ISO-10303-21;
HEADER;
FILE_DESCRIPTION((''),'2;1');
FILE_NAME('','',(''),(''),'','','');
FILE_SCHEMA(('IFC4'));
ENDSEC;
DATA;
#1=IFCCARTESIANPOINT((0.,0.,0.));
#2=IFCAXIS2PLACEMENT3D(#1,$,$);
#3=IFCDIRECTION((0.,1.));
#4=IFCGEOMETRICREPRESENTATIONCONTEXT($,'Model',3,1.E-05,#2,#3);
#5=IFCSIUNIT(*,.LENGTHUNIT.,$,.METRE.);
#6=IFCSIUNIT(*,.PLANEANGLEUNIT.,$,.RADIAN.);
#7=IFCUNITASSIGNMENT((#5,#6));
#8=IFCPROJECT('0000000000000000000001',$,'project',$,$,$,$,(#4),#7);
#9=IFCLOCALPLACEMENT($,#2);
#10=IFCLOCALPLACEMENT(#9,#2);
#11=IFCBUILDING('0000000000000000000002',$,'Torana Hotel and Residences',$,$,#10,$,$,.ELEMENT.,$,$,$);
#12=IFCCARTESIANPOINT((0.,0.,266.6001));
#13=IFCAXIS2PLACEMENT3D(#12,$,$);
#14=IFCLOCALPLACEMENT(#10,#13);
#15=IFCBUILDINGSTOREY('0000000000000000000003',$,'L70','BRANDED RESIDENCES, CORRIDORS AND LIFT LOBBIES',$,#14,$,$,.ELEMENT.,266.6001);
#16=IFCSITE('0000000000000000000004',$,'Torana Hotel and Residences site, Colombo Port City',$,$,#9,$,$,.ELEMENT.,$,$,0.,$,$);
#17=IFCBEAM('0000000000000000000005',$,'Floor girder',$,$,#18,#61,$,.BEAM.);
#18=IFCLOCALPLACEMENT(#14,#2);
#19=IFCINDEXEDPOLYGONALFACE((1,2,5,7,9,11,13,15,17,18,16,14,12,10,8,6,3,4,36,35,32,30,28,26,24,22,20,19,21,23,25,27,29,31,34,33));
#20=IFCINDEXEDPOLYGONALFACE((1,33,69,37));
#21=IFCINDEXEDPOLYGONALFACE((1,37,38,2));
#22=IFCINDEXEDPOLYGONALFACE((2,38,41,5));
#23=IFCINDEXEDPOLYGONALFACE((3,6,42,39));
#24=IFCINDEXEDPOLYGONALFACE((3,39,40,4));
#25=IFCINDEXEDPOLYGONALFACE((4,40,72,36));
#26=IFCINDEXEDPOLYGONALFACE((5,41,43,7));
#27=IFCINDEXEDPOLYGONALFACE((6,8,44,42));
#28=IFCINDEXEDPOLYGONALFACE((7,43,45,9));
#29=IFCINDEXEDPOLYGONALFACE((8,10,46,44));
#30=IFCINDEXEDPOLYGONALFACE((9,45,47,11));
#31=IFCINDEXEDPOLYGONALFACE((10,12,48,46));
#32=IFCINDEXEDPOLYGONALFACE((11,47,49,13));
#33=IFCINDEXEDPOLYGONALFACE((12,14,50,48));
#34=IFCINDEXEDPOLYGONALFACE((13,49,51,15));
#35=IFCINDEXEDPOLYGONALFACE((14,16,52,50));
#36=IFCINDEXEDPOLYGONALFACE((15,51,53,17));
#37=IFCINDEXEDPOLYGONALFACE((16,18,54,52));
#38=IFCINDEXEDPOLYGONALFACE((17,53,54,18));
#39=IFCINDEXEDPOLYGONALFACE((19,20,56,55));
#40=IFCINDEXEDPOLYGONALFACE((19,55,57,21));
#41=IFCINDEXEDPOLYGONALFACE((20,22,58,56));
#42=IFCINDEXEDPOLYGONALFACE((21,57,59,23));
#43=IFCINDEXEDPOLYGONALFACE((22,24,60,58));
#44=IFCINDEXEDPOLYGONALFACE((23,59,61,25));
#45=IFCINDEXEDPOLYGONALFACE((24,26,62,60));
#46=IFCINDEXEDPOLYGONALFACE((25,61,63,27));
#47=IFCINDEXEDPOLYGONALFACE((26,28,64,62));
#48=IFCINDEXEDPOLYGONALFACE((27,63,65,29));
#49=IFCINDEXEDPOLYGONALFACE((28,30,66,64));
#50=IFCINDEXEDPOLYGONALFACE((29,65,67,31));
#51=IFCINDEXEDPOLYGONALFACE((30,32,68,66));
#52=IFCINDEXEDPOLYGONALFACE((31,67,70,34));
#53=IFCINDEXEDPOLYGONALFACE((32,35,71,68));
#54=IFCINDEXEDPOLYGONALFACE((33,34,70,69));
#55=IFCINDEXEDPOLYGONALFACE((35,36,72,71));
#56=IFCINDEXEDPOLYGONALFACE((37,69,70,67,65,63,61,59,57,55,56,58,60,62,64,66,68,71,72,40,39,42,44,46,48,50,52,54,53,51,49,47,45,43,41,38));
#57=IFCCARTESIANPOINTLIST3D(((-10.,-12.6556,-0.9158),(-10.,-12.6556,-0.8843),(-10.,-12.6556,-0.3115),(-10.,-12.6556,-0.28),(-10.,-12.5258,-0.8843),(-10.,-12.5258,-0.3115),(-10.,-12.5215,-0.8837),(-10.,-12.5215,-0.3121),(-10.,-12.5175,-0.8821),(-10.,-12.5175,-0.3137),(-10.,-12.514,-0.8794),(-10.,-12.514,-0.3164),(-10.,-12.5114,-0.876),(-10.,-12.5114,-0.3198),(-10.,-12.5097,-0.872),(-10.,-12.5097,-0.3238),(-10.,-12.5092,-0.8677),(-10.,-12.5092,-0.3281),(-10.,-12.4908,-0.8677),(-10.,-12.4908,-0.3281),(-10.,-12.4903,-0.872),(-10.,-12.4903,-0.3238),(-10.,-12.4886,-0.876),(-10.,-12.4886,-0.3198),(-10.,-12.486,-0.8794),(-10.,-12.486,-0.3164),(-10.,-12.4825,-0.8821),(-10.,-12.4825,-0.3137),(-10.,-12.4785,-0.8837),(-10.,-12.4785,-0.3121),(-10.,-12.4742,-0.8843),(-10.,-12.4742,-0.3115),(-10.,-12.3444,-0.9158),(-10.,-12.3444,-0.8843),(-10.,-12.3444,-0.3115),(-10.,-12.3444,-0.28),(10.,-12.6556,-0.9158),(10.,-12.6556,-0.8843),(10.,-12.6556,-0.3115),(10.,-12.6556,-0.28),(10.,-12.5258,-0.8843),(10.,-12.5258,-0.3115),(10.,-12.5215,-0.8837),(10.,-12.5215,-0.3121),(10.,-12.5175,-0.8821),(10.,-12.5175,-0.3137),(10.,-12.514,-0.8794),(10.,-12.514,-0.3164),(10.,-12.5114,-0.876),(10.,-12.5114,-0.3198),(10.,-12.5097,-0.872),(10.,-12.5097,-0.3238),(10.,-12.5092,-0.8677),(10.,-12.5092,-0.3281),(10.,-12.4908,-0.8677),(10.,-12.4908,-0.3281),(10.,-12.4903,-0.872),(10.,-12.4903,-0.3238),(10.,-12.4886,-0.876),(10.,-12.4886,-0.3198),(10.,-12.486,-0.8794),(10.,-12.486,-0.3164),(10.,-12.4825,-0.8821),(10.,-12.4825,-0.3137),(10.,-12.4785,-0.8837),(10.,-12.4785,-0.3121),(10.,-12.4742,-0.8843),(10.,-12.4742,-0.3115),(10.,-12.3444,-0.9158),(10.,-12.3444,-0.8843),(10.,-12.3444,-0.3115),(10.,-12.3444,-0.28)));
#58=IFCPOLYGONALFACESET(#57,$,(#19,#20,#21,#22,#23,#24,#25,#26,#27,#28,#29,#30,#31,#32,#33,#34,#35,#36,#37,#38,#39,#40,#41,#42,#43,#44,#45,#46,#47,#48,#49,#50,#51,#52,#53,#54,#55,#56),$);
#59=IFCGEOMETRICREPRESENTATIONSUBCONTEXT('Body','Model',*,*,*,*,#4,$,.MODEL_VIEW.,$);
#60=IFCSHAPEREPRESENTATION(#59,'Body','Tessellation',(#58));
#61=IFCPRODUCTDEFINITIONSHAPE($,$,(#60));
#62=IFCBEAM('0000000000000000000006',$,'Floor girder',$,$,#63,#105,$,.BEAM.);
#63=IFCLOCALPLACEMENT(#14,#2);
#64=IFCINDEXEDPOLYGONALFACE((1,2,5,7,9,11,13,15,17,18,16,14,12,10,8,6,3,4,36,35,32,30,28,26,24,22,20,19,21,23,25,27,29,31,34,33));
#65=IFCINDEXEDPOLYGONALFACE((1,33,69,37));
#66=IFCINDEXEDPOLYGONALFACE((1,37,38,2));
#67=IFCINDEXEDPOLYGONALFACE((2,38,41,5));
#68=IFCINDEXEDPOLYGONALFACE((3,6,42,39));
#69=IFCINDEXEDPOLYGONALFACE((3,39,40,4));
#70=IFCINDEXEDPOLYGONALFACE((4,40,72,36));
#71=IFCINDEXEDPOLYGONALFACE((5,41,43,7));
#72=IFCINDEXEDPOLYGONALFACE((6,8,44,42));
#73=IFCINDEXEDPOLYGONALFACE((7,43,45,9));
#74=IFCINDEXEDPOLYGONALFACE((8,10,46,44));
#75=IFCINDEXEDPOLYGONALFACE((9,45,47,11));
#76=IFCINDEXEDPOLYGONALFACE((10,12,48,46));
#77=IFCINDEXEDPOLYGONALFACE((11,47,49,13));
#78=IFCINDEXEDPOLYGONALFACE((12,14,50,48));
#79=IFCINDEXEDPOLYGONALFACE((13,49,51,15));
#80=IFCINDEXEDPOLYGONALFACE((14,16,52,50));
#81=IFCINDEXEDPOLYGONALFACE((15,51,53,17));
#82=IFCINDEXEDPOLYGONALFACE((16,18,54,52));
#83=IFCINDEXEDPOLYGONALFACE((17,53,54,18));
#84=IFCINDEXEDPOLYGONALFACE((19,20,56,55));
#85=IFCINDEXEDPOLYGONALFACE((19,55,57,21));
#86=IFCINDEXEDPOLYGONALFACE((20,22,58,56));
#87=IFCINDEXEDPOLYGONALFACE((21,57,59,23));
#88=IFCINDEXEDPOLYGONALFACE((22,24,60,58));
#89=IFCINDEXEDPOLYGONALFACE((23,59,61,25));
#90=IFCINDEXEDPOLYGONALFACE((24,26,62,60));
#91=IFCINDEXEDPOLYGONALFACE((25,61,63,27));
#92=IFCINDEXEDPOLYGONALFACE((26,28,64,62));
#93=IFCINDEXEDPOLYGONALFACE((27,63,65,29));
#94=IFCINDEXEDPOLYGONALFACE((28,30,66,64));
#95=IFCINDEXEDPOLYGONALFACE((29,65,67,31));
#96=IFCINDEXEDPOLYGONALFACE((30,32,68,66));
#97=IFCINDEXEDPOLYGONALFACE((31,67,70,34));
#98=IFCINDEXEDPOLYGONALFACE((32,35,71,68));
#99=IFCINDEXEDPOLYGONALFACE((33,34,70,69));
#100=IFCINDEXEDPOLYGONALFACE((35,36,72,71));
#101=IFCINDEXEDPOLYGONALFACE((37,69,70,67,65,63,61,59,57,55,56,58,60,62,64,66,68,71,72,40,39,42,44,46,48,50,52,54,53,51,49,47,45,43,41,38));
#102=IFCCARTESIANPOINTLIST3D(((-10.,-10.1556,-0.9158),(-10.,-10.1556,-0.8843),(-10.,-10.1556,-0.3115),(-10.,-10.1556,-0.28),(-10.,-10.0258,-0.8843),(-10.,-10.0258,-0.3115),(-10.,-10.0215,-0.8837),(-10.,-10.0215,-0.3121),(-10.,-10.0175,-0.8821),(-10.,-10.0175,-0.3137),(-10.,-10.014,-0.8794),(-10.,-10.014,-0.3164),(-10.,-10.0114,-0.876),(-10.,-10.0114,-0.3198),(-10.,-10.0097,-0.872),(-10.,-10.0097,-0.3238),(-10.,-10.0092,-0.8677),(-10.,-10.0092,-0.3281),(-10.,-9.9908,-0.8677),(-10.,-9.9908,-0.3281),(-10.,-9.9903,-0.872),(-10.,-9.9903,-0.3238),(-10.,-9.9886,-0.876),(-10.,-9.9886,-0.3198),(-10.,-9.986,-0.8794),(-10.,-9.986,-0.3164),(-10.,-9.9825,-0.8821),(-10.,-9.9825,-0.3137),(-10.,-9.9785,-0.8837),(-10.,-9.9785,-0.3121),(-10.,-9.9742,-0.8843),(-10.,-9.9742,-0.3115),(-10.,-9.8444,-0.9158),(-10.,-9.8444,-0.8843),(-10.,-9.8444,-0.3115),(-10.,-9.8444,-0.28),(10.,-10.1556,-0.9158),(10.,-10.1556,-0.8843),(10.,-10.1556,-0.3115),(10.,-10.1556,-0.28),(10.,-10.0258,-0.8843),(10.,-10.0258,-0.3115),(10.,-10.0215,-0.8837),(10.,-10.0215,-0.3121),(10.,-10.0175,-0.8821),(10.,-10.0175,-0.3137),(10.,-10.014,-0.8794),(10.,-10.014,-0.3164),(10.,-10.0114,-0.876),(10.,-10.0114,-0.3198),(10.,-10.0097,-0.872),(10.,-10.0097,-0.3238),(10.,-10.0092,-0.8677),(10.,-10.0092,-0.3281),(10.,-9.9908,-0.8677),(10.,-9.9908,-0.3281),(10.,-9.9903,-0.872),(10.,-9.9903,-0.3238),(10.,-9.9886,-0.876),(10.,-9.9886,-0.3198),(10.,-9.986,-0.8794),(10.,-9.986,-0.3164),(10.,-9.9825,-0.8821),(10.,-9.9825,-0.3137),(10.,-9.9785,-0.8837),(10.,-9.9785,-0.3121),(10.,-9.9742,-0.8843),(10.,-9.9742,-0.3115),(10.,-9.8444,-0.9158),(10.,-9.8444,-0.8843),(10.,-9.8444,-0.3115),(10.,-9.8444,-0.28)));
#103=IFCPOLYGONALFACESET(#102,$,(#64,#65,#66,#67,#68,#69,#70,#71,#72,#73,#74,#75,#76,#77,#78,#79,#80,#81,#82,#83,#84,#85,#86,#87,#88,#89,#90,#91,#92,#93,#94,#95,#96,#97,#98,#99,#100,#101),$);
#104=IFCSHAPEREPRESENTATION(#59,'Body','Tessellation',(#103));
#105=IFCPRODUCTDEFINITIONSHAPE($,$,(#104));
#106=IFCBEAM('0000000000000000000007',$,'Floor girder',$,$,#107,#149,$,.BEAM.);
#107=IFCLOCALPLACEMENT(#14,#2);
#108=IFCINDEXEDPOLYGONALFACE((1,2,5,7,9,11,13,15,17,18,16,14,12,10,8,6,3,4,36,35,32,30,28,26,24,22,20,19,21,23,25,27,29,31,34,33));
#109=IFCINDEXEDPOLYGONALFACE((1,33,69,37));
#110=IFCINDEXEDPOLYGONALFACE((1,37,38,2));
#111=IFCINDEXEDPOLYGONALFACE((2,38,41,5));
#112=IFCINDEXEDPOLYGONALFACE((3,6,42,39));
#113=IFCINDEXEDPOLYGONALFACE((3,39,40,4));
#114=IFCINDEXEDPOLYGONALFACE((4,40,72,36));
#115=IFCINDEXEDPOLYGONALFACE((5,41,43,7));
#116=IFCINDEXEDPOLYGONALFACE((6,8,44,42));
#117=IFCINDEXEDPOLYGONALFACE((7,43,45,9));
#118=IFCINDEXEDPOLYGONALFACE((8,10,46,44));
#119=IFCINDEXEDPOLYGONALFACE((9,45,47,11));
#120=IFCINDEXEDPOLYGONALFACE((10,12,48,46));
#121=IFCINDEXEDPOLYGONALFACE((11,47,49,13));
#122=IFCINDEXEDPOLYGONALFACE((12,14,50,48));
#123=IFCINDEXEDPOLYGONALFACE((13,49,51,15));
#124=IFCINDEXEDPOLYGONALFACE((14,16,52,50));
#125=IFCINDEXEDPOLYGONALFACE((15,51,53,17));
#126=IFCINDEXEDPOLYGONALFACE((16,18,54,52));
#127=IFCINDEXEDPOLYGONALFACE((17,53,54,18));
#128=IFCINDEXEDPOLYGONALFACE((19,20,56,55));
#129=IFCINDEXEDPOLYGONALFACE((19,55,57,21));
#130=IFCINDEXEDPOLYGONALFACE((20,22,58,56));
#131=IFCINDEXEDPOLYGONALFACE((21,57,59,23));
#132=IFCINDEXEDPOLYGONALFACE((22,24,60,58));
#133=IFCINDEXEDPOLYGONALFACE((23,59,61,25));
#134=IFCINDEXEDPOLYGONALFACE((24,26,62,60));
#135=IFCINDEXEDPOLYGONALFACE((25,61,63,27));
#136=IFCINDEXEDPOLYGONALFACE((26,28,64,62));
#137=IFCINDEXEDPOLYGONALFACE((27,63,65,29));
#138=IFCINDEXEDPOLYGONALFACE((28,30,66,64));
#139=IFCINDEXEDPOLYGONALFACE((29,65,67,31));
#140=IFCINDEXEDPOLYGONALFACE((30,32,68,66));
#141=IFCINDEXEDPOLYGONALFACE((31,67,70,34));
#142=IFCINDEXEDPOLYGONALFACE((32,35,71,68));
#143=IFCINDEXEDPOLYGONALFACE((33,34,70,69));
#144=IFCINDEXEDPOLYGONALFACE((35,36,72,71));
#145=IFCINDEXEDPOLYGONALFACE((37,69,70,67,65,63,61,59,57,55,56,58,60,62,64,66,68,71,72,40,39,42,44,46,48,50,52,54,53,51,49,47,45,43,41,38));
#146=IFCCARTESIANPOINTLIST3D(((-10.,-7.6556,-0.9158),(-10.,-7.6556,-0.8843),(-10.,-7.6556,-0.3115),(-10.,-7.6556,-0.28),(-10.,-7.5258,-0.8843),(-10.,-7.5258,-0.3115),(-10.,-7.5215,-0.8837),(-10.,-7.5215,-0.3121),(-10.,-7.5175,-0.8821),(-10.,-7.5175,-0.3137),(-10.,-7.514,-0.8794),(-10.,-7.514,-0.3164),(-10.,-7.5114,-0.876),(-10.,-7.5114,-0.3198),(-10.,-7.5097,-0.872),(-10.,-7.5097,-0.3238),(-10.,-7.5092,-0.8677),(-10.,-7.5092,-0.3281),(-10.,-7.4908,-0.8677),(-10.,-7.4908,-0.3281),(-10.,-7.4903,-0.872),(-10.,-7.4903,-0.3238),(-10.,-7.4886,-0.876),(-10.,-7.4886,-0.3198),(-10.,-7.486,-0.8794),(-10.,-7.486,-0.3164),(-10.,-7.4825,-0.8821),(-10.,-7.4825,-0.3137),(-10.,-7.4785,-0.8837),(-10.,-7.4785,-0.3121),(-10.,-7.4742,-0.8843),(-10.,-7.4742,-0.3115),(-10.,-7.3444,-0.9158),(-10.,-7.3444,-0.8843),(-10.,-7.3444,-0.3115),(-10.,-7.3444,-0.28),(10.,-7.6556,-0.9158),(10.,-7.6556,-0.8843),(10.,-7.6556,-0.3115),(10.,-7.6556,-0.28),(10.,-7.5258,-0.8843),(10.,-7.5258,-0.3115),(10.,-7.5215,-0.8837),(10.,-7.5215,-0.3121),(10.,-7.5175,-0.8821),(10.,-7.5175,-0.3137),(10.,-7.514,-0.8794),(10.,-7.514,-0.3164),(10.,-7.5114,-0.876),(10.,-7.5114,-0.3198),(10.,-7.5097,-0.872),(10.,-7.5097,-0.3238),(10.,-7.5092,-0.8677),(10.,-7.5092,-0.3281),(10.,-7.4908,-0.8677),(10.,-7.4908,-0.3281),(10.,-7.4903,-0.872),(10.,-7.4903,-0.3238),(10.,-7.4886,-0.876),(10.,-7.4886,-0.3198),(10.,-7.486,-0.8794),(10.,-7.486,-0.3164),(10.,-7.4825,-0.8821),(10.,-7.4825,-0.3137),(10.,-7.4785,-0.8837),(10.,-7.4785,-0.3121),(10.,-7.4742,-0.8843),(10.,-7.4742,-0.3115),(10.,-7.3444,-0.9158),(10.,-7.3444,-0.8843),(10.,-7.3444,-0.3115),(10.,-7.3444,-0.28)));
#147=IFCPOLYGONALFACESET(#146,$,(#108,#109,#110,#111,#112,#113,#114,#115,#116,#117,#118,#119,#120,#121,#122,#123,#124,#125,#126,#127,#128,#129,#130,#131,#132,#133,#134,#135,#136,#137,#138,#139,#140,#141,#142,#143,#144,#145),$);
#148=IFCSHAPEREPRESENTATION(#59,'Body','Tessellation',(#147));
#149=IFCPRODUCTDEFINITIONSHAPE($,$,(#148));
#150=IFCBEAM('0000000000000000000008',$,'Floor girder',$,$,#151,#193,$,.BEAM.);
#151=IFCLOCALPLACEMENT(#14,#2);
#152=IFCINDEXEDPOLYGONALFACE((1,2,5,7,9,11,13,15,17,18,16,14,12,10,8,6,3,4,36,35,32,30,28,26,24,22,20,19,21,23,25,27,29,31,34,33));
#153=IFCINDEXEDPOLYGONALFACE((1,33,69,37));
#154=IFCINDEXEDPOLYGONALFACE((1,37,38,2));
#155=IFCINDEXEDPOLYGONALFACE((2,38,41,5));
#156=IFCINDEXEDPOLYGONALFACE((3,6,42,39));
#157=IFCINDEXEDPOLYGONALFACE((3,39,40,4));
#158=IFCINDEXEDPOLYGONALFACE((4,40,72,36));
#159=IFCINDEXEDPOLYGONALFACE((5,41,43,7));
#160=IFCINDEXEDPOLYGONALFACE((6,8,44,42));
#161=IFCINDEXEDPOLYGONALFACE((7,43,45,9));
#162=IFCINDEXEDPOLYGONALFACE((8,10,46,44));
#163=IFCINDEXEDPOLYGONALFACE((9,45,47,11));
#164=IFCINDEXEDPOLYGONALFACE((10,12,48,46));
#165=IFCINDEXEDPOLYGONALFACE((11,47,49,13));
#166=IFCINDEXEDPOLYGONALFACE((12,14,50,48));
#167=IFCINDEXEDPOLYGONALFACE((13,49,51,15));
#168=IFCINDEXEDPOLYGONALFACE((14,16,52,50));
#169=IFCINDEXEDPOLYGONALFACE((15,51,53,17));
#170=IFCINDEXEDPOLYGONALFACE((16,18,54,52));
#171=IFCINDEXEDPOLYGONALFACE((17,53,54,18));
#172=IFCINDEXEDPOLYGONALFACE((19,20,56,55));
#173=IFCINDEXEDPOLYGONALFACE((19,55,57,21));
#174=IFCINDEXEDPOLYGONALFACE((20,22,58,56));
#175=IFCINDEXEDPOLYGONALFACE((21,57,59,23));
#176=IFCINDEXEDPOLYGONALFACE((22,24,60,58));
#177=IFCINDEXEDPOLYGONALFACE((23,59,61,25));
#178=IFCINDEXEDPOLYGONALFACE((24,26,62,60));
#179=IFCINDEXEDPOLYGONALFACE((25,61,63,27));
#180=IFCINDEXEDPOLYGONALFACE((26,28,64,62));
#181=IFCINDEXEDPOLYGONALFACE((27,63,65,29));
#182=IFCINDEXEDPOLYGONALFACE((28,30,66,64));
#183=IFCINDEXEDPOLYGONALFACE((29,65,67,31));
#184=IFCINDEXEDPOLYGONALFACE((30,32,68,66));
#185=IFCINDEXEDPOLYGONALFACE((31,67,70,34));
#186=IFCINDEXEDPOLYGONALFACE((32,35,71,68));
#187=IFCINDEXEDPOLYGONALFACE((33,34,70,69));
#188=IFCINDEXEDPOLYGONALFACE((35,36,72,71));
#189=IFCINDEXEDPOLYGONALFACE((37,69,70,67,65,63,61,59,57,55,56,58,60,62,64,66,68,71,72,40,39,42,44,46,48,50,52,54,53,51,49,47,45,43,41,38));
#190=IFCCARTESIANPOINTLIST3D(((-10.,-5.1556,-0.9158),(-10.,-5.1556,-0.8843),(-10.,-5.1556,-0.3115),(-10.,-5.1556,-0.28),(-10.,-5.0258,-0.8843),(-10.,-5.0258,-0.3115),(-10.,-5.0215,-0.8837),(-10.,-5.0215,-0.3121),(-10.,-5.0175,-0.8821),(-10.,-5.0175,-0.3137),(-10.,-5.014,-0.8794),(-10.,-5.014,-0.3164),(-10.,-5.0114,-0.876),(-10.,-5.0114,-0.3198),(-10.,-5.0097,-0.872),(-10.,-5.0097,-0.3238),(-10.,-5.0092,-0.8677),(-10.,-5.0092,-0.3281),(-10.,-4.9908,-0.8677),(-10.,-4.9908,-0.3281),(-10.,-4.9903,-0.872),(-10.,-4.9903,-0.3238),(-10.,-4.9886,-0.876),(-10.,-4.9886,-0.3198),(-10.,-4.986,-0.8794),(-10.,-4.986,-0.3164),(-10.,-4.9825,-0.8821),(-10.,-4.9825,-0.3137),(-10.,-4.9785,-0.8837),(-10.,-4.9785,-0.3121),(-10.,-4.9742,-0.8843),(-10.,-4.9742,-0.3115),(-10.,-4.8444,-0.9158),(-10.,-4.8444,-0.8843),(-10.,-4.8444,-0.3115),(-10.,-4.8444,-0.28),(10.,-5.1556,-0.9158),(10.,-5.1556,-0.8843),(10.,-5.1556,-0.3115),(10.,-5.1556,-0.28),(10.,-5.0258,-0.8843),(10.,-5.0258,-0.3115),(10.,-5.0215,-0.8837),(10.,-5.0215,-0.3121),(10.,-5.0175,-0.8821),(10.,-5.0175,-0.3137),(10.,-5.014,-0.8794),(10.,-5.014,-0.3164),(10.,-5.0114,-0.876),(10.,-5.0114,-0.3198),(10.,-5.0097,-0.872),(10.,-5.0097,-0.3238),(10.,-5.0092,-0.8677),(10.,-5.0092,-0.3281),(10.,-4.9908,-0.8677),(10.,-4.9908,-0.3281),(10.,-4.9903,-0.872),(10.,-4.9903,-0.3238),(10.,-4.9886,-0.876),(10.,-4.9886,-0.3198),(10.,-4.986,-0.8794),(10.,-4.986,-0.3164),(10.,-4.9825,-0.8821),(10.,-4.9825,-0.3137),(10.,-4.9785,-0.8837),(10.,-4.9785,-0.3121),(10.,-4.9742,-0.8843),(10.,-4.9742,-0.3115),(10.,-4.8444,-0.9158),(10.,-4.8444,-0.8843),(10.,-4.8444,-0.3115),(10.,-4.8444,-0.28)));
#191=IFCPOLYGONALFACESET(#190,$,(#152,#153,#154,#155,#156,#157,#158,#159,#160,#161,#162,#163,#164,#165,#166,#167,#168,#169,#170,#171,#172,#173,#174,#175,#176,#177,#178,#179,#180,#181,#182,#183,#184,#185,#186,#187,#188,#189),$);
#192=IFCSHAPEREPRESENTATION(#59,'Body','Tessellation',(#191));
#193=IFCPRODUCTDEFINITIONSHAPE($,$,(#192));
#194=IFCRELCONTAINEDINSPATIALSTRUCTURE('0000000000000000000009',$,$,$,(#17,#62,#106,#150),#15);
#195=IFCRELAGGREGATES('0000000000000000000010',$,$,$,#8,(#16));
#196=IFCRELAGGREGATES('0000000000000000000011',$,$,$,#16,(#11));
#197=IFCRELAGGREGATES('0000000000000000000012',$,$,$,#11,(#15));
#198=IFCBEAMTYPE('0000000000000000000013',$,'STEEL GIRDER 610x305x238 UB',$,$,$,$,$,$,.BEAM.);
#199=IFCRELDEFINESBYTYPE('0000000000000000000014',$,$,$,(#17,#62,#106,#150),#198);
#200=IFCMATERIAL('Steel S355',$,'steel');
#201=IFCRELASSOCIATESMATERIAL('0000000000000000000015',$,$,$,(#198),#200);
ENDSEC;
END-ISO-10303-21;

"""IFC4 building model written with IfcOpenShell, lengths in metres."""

from ifc_helpers import new_model, si_unit, direction, frame, origin, origin_2d, place, context, subcontext, project, spatial, i_section, extrude, material, material_profile, profile_set, type_object, element, save


model = new_model("IFC4")

# Units and contexts
model_context = context("Model", 3, precision=1e-05, world=origin(), true_north=direction((0.0, 1.0)))
body_context = subcontext(model_context, "Body", "Model", "MODEL_VIEW")
ifc_project = project(units=[si_unit("LENGTHUNIT", "METRE"), si_unit("PLANEANGLEUNIT", "RADIAN")], contexts=[model_context])

# Site, building, storey
site_placement = place(None, origin())
site = spatial("IfcSite", under=ifc_project, at=site_placement, Name="Torana Hotel and Residences site, Colombo Port City", CompositionType="ELEMENT", RefElevation=0.0)
building_placement = place(site_placement, origin())
building = spatial("IfcBuilding", under=site, at=building_placement, Name="Torana Hotel and Residences", CompositionType="ELEMENT")
storey_placement = place(building_placement, frame((0.0, 0.0, 266.6001)))
storey = spatial("IfcBuildingStorey", under=building, at=storey_placement, Name="L70", Description="BRANDED RESIDENCES, CORRIDORS AND LIFT LOBBIES", CompositionType="ELEMENT", Elevation=266.6001)

# Beams
ifc_material_1 = material(Name="Steel S355", Category="steel")
ifc_material_profile = material_profile(ifc_material_1, i_section(OverallWidth=0.3113, OverallDepth=0.6357, WebThickness=0.0183, FlangeThickness=0.0315, FilletRadius=0.0166, at=origin_2d()), Name="610x305x238 UB")
ifc_profile_set = profile_set([ifc_material_profile], Name="Steel S355")
beam_type = type_object("IfcBeamType", Name="STEEL GIRDER 610x305x238 UB", PredefinedType="BEAM", material=ifc_profile_set)
for number, where, z_axis, x_axis, name in (
    (1, (-10.0, -12.5, -0.5979), (1.0, 0.0, 0.0), (0.0, 1.0, 0.0), "Floor girder"),
    (2, (-10.0, -10.0, -0.5979), (1.0, 0.0, 0.0), (0.0, 1.0, 0.0), "Floor girder"),
    (3, (-10.0, -7.5, -0.5979), (1.0, 0.0, 0.0), (0.0, 1.0, 0.0), "Floor girder"),
    (4, (-10.0, -5.0, -0.5979), (1.0, 0.0, 0.0), (0.0, 1.0, 0.0), "Floor girder"),
):
    element("IfcBeam", number, at=place(storey_placement, frame(where, z_axis=z_axis, x_axis=x_axis)), inside=storey, type_object=beam_type, Name=name, PredefinedType="BEAM", context=body_context, shape_type="SweptSolid", body=[
        extrude(i_section(OverallWidth=0.3113, OverallDepth=0.6357, WebThickness=0.0183, FlangeThickness=0.0315, FilletRadius=0.0166, at=origin_2d()), origin(), (0.0, 0.0, 1.0), 20.0),
    ])

save(model, "model.ifc")
